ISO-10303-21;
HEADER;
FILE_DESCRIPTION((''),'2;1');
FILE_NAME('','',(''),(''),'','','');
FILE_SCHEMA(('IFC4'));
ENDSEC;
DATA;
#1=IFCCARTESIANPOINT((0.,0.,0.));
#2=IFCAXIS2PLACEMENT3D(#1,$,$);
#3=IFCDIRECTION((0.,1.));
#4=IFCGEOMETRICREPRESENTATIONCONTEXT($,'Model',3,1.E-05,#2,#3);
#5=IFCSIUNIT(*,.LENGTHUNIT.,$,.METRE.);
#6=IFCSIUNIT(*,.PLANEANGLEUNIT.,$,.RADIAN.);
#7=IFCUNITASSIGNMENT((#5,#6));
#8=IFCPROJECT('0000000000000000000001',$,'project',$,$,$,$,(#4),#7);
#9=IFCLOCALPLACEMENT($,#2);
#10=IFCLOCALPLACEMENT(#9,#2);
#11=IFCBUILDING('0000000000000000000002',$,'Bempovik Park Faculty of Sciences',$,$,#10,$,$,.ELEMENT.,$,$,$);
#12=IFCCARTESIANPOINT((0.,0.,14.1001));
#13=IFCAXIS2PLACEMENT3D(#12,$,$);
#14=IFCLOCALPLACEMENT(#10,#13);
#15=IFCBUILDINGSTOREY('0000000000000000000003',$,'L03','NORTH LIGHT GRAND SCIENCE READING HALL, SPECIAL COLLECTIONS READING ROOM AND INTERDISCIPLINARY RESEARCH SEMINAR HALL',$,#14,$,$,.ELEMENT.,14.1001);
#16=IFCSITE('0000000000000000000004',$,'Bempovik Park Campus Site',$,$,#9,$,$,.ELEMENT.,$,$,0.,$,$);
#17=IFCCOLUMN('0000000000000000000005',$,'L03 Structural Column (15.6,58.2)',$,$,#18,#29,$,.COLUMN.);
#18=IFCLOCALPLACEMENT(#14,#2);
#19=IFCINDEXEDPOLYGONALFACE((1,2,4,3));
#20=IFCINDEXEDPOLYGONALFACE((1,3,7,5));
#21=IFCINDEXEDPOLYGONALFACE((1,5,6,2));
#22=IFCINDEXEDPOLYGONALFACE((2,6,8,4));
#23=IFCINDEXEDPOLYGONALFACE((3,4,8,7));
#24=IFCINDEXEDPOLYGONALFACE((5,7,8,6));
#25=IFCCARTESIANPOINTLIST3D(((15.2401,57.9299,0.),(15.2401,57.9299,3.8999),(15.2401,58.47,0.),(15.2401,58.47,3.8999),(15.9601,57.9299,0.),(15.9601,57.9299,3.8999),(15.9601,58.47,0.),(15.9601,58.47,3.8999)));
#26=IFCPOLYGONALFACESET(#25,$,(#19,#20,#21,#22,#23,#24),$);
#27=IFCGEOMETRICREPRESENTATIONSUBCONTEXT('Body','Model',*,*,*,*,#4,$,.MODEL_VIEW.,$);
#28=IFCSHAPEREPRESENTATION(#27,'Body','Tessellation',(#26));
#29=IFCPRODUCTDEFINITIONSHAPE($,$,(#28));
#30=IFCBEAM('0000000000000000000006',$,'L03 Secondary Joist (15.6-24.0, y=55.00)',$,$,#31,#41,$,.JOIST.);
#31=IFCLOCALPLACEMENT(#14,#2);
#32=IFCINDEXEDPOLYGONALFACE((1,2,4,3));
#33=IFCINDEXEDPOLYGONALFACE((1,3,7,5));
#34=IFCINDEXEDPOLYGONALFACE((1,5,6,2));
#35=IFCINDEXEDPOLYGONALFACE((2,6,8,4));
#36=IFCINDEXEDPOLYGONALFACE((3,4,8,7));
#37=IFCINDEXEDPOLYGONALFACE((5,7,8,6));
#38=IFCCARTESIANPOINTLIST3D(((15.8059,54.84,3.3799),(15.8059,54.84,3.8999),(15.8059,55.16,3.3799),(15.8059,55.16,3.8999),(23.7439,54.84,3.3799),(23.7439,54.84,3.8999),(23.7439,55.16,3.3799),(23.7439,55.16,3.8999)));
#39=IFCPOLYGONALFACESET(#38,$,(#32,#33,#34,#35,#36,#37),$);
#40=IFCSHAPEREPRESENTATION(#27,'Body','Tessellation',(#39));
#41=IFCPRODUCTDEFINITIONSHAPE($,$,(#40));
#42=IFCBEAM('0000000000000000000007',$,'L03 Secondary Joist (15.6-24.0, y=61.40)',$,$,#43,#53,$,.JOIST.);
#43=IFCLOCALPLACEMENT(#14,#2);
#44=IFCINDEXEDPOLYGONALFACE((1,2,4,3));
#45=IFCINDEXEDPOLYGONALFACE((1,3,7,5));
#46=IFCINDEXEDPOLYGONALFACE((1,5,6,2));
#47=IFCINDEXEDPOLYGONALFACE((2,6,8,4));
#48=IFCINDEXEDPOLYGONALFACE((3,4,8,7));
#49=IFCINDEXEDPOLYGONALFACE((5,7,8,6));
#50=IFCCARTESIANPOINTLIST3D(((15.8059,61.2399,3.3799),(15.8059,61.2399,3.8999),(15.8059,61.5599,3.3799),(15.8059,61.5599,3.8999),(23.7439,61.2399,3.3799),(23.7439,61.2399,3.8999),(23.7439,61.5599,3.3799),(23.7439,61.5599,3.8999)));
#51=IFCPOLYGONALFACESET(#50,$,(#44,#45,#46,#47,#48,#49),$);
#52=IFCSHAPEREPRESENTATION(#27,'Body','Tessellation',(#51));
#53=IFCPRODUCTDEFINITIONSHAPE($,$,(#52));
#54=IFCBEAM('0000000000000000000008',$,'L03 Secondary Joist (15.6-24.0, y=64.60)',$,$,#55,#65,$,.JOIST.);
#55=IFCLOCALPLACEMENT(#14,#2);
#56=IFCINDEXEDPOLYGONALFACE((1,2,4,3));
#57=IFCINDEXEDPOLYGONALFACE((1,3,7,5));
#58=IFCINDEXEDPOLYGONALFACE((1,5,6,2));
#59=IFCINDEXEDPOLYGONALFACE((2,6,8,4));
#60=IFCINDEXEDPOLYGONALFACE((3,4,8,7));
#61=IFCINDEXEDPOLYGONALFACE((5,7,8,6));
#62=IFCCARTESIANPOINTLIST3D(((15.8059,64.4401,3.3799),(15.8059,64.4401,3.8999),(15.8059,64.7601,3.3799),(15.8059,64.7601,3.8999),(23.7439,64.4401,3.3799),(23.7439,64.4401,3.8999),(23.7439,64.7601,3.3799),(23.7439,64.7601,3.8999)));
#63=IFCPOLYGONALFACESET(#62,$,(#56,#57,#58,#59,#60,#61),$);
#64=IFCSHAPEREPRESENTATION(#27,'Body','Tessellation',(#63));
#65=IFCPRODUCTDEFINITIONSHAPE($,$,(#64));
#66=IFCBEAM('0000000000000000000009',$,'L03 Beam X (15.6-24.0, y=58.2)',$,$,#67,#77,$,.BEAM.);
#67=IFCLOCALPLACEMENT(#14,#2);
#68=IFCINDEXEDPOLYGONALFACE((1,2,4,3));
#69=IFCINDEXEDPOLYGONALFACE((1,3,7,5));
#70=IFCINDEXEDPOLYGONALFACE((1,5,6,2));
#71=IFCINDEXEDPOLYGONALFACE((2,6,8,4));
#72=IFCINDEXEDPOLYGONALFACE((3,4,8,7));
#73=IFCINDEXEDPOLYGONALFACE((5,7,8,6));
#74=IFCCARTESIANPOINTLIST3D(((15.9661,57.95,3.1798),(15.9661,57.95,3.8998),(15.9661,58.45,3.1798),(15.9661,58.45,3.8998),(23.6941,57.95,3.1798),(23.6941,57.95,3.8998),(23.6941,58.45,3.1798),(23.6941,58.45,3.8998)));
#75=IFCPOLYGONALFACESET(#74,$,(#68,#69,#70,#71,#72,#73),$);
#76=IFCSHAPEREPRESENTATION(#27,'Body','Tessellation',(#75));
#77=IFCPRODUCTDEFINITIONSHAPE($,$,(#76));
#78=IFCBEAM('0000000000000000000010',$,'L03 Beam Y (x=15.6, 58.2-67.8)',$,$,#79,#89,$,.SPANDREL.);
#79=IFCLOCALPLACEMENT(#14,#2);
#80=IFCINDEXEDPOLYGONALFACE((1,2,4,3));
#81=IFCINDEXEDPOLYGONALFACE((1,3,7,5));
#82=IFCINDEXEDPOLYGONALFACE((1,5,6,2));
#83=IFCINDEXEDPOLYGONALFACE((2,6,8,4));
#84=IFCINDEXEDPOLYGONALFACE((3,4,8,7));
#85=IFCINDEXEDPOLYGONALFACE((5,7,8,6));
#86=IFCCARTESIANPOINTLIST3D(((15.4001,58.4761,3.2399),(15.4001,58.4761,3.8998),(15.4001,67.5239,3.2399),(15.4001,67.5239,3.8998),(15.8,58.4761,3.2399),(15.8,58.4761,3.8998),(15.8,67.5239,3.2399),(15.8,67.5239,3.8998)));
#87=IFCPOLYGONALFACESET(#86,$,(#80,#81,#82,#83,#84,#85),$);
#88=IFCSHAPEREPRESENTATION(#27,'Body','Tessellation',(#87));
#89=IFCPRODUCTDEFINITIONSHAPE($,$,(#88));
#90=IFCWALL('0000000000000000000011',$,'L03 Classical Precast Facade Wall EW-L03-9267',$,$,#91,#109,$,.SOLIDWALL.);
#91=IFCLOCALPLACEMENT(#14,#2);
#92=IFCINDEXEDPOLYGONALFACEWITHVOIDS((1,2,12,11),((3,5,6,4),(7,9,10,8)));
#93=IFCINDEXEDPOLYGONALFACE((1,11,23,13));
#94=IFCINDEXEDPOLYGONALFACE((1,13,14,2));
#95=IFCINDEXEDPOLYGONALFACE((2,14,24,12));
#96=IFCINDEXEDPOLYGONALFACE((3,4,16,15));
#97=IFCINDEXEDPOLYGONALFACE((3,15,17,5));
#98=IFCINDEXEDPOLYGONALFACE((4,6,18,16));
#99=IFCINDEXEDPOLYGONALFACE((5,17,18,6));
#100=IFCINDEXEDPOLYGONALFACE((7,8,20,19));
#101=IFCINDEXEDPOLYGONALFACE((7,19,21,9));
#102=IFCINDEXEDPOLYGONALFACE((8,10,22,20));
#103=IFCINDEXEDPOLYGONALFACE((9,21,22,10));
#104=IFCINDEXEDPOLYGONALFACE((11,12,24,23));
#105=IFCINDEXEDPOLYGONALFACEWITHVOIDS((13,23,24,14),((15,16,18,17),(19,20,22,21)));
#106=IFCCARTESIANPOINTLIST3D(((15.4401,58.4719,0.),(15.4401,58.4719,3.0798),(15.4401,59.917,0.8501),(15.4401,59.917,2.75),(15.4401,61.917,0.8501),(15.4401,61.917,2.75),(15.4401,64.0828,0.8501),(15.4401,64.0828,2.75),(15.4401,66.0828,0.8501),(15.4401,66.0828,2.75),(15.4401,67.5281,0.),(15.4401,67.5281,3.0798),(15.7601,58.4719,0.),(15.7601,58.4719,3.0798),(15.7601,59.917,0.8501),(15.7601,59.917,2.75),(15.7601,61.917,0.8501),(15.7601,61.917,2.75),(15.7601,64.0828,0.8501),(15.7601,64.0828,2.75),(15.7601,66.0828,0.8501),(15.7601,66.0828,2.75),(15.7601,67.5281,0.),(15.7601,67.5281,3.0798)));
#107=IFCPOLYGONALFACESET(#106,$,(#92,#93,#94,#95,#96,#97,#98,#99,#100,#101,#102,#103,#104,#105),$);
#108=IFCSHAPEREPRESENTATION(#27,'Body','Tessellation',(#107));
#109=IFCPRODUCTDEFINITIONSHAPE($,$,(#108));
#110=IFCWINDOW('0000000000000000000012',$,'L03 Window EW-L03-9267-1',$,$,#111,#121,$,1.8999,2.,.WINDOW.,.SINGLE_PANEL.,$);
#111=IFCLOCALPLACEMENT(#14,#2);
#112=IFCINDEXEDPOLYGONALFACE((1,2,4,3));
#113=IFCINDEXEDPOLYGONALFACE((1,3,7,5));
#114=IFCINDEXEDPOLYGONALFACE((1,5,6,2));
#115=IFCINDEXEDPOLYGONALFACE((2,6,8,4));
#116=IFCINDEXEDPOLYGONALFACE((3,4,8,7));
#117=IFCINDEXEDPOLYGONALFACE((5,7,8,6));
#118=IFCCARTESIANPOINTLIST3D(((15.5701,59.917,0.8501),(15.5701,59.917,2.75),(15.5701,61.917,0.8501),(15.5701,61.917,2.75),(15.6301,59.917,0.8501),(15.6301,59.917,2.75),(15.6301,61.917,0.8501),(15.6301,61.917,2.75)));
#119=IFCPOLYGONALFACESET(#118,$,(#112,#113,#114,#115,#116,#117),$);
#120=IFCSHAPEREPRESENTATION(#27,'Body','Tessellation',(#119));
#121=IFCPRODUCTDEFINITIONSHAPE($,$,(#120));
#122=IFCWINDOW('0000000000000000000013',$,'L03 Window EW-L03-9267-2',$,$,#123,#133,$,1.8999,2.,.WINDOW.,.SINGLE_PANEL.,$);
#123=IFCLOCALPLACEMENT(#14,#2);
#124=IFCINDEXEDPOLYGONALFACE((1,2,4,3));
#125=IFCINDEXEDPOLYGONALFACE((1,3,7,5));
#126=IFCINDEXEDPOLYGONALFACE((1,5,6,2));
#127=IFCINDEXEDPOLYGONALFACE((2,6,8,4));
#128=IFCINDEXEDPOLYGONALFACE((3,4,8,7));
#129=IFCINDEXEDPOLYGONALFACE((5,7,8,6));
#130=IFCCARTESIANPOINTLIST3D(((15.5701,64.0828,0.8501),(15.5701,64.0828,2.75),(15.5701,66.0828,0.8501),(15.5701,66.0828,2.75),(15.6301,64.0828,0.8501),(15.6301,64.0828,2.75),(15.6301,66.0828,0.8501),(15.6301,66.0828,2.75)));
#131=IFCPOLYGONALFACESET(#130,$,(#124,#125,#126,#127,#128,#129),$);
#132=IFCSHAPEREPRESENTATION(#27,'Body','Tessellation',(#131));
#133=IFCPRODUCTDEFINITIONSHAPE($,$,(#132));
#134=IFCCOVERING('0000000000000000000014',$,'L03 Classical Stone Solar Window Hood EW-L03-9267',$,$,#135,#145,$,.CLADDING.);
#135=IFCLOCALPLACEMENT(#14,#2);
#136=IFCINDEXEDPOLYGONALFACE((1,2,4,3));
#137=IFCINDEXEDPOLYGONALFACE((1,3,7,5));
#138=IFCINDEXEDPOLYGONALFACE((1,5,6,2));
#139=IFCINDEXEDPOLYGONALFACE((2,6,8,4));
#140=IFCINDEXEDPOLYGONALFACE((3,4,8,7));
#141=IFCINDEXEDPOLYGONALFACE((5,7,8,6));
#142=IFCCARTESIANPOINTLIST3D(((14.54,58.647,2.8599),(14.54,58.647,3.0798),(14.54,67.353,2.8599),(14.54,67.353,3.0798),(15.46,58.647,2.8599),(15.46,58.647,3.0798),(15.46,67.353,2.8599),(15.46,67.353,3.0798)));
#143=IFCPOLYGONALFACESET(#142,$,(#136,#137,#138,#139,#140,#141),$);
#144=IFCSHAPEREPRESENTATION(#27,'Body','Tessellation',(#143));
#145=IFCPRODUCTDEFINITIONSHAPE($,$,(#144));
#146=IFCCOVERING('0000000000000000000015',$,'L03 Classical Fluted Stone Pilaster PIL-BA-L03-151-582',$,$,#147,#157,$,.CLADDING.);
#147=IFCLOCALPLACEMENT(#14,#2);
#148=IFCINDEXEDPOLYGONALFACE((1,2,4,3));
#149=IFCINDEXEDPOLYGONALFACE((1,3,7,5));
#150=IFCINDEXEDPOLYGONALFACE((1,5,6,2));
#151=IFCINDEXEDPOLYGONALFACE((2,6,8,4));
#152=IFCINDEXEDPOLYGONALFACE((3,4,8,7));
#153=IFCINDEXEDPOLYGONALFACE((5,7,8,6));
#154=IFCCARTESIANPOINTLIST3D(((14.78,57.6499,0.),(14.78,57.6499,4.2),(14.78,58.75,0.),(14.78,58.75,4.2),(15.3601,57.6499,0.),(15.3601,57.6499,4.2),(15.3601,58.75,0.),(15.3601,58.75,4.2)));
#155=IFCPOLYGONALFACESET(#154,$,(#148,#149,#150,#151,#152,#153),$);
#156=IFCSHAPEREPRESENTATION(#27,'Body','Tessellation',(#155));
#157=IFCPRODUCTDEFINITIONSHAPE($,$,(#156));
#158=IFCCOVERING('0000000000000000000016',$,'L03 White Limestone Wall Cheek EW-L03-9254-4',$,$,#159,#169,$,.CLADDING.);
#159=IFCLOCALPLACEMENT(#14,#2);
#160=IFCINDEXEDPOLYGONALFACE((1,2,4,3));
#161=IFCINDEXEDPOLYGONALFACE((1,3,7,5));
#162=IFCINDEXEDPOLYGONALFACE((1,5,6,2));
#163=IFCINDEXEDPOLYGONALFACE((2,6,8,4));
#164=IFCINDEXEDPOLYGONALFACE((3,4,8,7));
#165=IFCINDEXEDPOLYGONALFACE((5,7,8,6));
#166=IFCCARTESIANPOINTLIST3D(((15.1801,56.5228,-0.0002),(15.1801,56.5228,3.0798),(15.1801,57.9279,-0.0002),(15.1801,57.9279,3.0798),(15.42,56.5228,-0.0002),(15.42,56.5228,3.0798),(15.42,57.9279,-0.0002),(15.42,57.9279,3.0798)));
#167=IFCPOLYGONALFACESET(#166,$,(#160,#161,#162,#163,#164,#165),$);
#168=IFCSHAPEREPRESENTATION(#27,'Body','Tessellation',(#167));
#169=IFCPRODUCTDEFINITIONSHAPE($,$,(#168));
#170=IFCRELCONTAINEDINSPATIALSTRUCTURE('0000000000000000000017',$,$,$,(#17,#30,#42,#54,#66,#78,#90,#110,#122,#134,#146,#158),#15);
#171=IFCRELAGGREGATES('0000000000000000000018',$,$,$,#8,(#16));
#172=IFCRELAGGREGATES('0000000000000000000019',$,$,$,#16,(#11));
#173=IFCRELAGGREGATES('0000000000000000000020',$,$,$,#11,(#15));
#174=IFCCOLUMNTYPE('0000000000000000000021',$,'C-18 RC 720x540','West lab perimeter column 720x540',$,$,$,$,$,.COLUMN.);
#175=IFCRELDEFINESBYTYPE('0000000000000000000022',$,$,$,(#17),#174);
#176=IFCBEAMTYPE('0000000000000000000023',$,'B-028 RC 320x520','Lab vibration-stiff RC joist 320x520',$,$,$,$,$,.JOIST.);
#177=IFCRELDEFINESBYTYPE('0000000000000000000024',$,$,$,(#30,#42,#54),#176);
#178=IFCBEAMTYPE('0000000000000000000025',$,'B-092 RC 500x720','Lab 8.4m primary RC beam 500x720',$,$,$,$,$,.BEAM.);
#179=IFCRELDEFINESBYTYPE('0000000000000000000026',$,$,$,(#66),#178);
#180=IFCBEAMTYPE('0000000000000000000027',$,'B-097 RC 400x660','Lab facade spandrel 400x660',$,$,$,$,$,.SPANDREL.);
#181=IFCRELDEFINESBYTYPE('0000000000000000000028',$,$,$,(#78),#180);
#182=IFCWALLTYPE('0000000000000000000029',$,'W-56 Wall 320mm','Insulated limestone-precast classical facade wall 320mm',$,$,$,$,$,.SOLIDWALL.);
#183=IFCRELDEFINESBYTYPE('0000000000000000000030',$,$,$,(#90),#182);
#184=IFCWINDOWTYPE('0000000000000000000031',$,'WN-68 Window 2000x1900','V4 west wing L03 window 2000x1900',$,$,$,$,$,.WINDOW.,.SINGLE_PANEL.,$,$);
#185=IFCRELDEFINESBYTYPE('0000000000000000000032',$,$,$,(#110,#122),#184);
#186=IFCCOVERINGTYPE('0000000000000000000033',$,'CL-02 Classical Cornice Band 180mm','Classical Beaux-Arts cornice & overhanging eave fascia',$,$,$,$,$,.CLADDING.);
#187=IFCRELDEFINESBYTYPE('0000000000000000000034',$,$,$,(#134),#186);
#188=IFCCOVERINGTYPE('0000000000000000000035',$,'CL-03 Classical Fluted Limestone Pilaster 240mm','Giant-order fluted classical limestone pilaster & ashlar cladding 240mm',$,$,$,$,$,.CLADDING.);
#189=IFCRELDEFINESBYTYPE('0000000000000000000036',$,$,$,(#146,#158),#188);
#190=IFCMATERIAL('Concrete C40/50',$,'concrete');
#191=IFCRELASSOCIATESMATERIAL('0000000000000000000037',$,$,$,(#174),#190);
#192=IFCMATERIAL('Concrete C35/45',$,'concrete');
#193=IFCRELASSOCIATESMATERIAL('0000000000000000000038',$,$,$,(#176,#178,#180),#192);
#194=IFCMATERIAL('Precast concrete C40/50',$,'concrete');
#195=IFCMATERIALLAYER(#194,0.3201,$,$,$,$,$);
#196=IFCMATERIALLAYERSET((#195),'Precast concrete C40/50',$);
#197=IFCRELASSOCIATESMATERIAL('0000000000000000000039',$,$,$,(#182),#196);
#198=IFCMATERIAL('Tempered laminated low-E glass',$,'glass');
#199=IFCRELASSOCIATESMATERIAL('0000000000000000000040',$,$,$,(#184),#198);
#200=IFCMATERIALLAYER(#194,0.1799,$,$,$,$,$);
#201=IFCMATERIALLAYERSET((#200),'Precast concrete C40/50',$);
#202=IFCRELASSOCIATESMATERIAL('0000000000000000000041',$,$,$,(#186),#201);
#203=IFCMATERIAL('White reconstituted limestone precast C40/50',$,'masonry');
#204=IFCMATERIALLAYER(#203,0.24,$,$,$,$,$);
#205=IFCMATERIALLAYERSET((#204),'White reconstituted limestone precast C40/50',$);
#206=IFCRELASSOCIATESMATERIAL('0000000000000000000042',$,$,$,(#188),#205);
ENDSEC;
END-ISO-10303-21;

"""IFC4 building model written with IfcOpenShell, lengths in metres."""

from ifc_helpers import new_model, si_unit, direction, frame, frame_2d, origin, origin_2d, place, context, subcontext, project, spatial, rectangle, extrude, material, layer, layer_set, material_profile, profile_set, type_object, element, fill, save


model = new_model("IFC4")

# Units and contexts
model_context = context("Model", 3, precision=1e-05, world=origin(), true_north=direction((0.0, 1.0)))
body_context = subcontext(model_context, "Body", "Model", "MODEL_VIEW")
ifc_project = project(units=[si_unit("LENGTHUNIT", "METRE"), si_unit("PLANEANGLEUNIT", "RADIAN")], contexts=[model_context])

# Site, building, storey
site_placement = place(None, origin())
site = spatial("IfcSite", under=ifc_project, at=site_placement, Name="Bempovik Park Campus Site", CompositionType="ELEMENT", RefElevation=0.0)
building_placement = place(site_placement, origin())
building = spatial("IfcBuilding", under=site, at=building_placement, Name="Bempovik Park Faculty of Sciences", CompositionType="ELEMENT")
storey_placement = place(building_placement, frame((0.0, 0.0, 14.1001)))
storey = spatial("IfcBuildingStorey", under=building, at=storey_placement, Name="L03", Description="NORTH LIGHT GRAND SCIENCE READING HALL, SPECIAL COLLECTIONS READING ROOM AND INTERDISCIPLINARY RESEARCH SEMINAR HALL", CompositionType="ELEMENT", Elevation=14.1001)

# Column
ifc_material_1 = material(Name="Concrete C40/50", Category="concrete")
ifc_material_profile_1 = material_profile(ifc_material_1, rectangle(XDim=0.72, YDim=0.54, at=origin_2d()), Name="RC 720x540")
ifc_profile_set_1 = profile_set([ifc_material_profile_1], Name="Concrete C40/50")
column_type = type_object("IfcColumnType", Name="C-18 RC 720x540", Description="West lab perimeter column 720x540", PredefinedType="COLUMN", material=ifc_profile_set_1)
column_placement = place(storey_placement, frame((15.6001, 58.2, 0.0), z_axis=(0.0, 0.0, 1.0), x_axis=(1.0, 0.0, 0.0)))
element("IfcColumn", 1, at=column_placement, inside=storey, type_object=column_type, Name="L03 Structural Column (15.6,58.2)", PredefinedType="COLUMN", context=body_context, shape_type="SweptSolid", body=[
    extrude(rectangle(XDim=0.72, YDim=0.54, at=origin_2d()), origin(), (0.0, 0.0, 1.0), 3.8999),
])

# Beams
ifc_material_2 = material(Name="Concrete C35/45", Category="concrete")
ifc_material_profile_2 = material_profile(ifc_material_2, rectangle(XDim=0.3201, YDim=0.52, at=origin_2d()), Name="RC 320x520")
ifc_profile_set_2 = profile_set([ifc_material_profile_2], Name="Concrete C35/45")
beam_type_1 = type_object("IfcBeamType", Name="B-028 RC 320x520", Description="Lab vibration-stiff RC joist 320x520", PredefinedType="JOIST", material=ifc_profile_set_2)
for number, where, z_axis, x_axis, name in (
    (2, (15.8059, 55.0, 3.6399), (1.0, 0.0, 0.0), (0.0, 1.0, 0.0), "L03 Secondary Joist (15.6-24.0, y=55.00)"),
    (3, (15.8059, 61.3999, 3.6399), (1.0, 0.0, 0.0), (0.0, 1.0, 0.0), "L03 Secondary Joist (15.6-24.0, y=61.40)"),
    (4, (15.8059, 64.6001, 3.6399), (1.0, 0.0, 0.0), (0.0, 1.0, 0.0), "L03 Secondary Joist (15.6-24.0, y=64.60)"),
):
    element("IfcBeam", number, at=place(storey_placement, frame(where, z_axis=z_axis, x_axis=x_axis)), inside=storey, type_object=beam_type_1, Name=name, PredefinedType="JOIST", context=body_context, shape_type="SweptSolid", body=[
        extrude(rectangle(XDim=0.3201, YDim=0.52, at=origin_2d()), origin(), (0.0, 0.0, 1.0), 7.938),
    ])
ifc_material_profile_3 = material_profile(ifc_material_2, rectangle(XDim=0.5, YDim=0.72, at=origin_2d()), Name="RC 500x720")
ifc_profile_set_3 = profile_set([ifc_material_profile_3], Name="Concrete C35/45")
beam_type_2 = type_object("IfcBeamType", Name="B-092 RC 500x720", Description="Lab 8.4m primary RC beam 500x720", PredefinedType="BEAM", material=ifc_profile_set_3)
beam_1_placement = place(storey_placement, frame((15.9661, 58.2, 3.5398), z_axis=(1.0, 0.0, 0.0), x_axis=(0.0, 1.0, 0.0)))
element("IfcBeam", 5, at=beam_1_placement, inside=storey, type_object=beam_type_2, Name="L03 Beam X (15.6-24.0, y=58.2)", PredefinedType="BEAM", context=body_context, shape_type="SweptSolid", body=[
    extrude(rectangle(XDim=0.5, YDim=0.72, at=origin_2d()), origin(), (0.0, 0.0, 1.0), 7.728),
])
ifc_material_profile_4 = material_profile(ifc_material_2, rectangle(XDim=0.3999, YDim=0.6599, at=origin_2d()), Name="RC 400x660")
ifc_profile_set_4 = profile_set([ifc_material_profile_4], Name="Concrete C35/45")
beam_type_3 = type_object("IfcBeamType", Name="B-097 RC 400x660", Description="Lab facade spandrel 400x660", PredefinedType="SPANDREL", material=ifc_profile_set_4)
beam_2_placement = place(storey_placement, frame((15.6001, 58.4761, 3.5698), z_axis=(0.0, 1.0, 0.0), x_axis=(-1.0, 0.0, 0.0)))
element("IfcBeam", 6, at=beam_2_placement, inside=storey, type_object=beam_type_3, Name="L03 Beam Y (x=15.6, 58.2-67.8)", PredefinedType="SPANDREL", context=body_context, shape_type="SweptSolid", body=[
    extrude(rectangle(XDim=0.3999, YDim=0.6599, at=origin_2d()), origin(), (0.0, 0.0, 1.0), 9.0479),
])

# Wall, openings, windows
ifc_material_3 = material(Name="Precast concrete C40/50", Category="concrete")
ifc_layer_1 = layer(ifc_material_3, 0.3201)
ifc_layer_set_1 = layer_set([ifc_layer_1], Name="Precast concrete C40/50")
wall_type = type_object("IfcWallType", Name="W-56 Wall 320mm", Description="Insulated limestone-precast classical facade wall 320mm", PredefinedType="SOLIDWALL", material=ifc_layer_set_1)
wall_placement = place(storey_placement, frame((15.6001, 58.4719, 0.0), z_axis=(0.0, 0.0, 1.0), x_axis=(0.0, 1.0, 0.0)))
wall = element("IfcWall", 7, at=wall_placement, inside=storey, type_object=wall_type, Name="L03 Classical Precast Facade Wall EW-L03-9267", PredefinedType="SOLIDWALL", context=body_context, shape_type="SweptSolid", body=[
    extrude(rectangle(XDim=9.0562, YDim=0.3201, at=frame_2d((4.5281, 0.0))), origin(), (0.0, 0.0, 1.0), 3.0798),
])
opening_1_placement = place(wall_placement, frame((1.4451, 0.0, 0.8501)))
opening_1 = element("IfcOpeningElement", 8, at=opening_1_placement, cuts=wall, PredefinedType="OPENING", context=body_context, shape_type="SweptSolid", body=[
    extrude(rectangle(XDim=2.0, YDim=1.8999, at=frame_2d((1.0, 0.95))), frame((0.0, 0.1699, 0.0), z_axis=(0.0, -1.0, 0.0), x_axis=(1.0, 0.0, 0.0)), (0.0, 0.0, 1.0), 0.3401),
])
opening_2_placement = place(wall_placement, frame((5.6108, 0.0, 0.8501)))
opening_2 = element("IfcOpeningElement", 9, at=opening_2_placement, cuts=wall, PredefinedType="OPENING", context=body_context, shape_type="SweptSolid", body=[
    extrude(rectangle(XDim=2.0, YDim=1.8999, at=frame_2d((1.0, 0.95))), frame((0.0, 0.1699, 0.0), z_axis=(0.0, -1.0, 0.0), x_axis=(1.0, 0.0, 0.0)), (0.0, 0.0, 1.0), 0.3401),
])
ifc_material_4 = material(Name="Tempered laminated low-E glass", Category="glass")
window_type = type_object("IfcWindowType", Name="WN-68 Window 2000x1900", Description="V4 west wing L03 window 2000x1900", PartitioningType="SINGLE_PANEL", PredefinedType="WINDOW", material=ifc_material_4)
window_1_placement = place(opening_1_placement, origin())
window_1 = element("IfcWindow", 10, at=window_1_placement, inside=storey, type_object=window_type, Name="L03 Window EW-L03-9267-1", OverallHeight=1.8999, OverallWidth=2.0, PartitioningType="SINGLE_PANEL", PredefinedType="WINDOW", context=body_context, shape_type="SweptSolid", body=[
    extrude(rectangle(XDim=2.0, YDim=1.8999, at=frame_2d((1.0, 0.95))), frame((0.0, 0.03, 0.0), z_axis=(0.0, -1.0, 0.0), x_axis=(1.0, 0.0, 0.0)), (0.0, 0.0, 1.0), 0.0601),
])
fill(opening_1, window_1)
window_2_placement = place(opening_2_placement, origin())
window_2 = element("IfcWindow", 11, at=window_2_placement, inside=storey, type_object=window_type, Name="L03 Window EW-L03-9267-2", OverallHeight=1.8999, OverallWidth=2.0, PartitioningType="SINGLE_PANEL", PredefinedType="WINDOW", context=body_context, shape_type="SweptSolid", body=[
    extrude(rectangle(XDim=2.0, YDim=1.8999, at=frame_2d((1.0, 0.95))), frame((0.0, 0.03, 0.0), z_axis=(0.0, -1.0, 0.0), x_axis=(1.0, 0.0, 0.0)), (0.0, 0.0, 1.0), 0.0601),
])
fill(opening_2, window_2)

# Coverings
ifc_layer_2 = layer(ifc_material_3, 0.1799)
ifc_layer_set_2 = layer_set([ifc_layer_2], Name="Precast concrete C40/50")
covering_type_1 = type_object("IfcCoveringType", Name="CL-02 Classical Cornice Band 180mm", Description="Classical Beaux-Arts cornice & overhanging eave fascia", PredefinedType="CLADDING", material=ifc_layer_set_2)
covering_1_placement = place(storey_placement, frame((15.0, 63.0, 2.8599), z_axis=(0.0, 0.0, 1.0), x_axis=(1.0, 0.0, 0.0)))
element("IfcCovering", 12, at=covering_1_placement, inside=storey, type_object=covering_type_1, Name="L03 Classical Stone Solar Window Hood EW-L03-9267", PredefinedType="CLADDING", context=body_context, shape_type="SweptSolid", body=[
    extrude(rectangle(XDim=0.9199, YDim=8.7061, at=origin_2d()), origin(), (0.0, 0.0, 1.0), 0.22),
])
ifc_material_5 = material(Name="White reconstituted limestone precast C40/50", Category="masonry")
ifc_layer_3 = layer(ifc_material_5, 0.24)
ifc_layer_set_3 = layer_set([ifc_layer_3], Name="White reconstituted limestone precast C40/50")
covering_type_2 = type_object("IfcCoveringType", Name="CL-03 Classical Fluted Limestone Pilaster 240mm", Description="Giant-order fluted classical limestone pilaster & ashlar cladding 240mm", PredefinedType="CLADDING", material=ifc_layer_set_3)
covering_2_placement = place(storey_placement, frame((15.0701, 58.2, 0.0), z_axis=(0.0, 0.0, 1.0), x_axis=(1.0, 0.0, 0.0)))
element("IfcCovering", 13, at=covering_2_placement, inside=storey, type_object=covering_type_2, Name="L03 Classical Fluted Stone Pilaster PIL-BA-L03-151-582", PredefinedType="CLADDING", context=body_context, shape_type="SweptSolid", body=[
    extrude(rectangle(XDim=0.5801, YDim=1.1001, at=origin_2d()), origin(), (0.0, 0.0, 1.0), 4.2),
])
covering_3_placement = place(storey_placement, frame((15.3, 57.2253, -0.0002), z_axis=(0.0, 0.0, 1.0), x_axis=(1.0, 0.0, 0.0)))
element("IfcCovering", 14, at=covering_3_placement, inside=storey, type_object=covering_type_2, Name="L03 White Limestone Wall Cheek EW-L03-9254-4", PredefinedType="CLADDING", context=body_context, shape_type="SweptSolid", body=[
    extrude(rectangle(XDim=0.24, YDim=1.405, at=origin_2d()), origin(), (0.0, 0.0, 1.0), 3.0801),
])

save(model, "model.ifc")
